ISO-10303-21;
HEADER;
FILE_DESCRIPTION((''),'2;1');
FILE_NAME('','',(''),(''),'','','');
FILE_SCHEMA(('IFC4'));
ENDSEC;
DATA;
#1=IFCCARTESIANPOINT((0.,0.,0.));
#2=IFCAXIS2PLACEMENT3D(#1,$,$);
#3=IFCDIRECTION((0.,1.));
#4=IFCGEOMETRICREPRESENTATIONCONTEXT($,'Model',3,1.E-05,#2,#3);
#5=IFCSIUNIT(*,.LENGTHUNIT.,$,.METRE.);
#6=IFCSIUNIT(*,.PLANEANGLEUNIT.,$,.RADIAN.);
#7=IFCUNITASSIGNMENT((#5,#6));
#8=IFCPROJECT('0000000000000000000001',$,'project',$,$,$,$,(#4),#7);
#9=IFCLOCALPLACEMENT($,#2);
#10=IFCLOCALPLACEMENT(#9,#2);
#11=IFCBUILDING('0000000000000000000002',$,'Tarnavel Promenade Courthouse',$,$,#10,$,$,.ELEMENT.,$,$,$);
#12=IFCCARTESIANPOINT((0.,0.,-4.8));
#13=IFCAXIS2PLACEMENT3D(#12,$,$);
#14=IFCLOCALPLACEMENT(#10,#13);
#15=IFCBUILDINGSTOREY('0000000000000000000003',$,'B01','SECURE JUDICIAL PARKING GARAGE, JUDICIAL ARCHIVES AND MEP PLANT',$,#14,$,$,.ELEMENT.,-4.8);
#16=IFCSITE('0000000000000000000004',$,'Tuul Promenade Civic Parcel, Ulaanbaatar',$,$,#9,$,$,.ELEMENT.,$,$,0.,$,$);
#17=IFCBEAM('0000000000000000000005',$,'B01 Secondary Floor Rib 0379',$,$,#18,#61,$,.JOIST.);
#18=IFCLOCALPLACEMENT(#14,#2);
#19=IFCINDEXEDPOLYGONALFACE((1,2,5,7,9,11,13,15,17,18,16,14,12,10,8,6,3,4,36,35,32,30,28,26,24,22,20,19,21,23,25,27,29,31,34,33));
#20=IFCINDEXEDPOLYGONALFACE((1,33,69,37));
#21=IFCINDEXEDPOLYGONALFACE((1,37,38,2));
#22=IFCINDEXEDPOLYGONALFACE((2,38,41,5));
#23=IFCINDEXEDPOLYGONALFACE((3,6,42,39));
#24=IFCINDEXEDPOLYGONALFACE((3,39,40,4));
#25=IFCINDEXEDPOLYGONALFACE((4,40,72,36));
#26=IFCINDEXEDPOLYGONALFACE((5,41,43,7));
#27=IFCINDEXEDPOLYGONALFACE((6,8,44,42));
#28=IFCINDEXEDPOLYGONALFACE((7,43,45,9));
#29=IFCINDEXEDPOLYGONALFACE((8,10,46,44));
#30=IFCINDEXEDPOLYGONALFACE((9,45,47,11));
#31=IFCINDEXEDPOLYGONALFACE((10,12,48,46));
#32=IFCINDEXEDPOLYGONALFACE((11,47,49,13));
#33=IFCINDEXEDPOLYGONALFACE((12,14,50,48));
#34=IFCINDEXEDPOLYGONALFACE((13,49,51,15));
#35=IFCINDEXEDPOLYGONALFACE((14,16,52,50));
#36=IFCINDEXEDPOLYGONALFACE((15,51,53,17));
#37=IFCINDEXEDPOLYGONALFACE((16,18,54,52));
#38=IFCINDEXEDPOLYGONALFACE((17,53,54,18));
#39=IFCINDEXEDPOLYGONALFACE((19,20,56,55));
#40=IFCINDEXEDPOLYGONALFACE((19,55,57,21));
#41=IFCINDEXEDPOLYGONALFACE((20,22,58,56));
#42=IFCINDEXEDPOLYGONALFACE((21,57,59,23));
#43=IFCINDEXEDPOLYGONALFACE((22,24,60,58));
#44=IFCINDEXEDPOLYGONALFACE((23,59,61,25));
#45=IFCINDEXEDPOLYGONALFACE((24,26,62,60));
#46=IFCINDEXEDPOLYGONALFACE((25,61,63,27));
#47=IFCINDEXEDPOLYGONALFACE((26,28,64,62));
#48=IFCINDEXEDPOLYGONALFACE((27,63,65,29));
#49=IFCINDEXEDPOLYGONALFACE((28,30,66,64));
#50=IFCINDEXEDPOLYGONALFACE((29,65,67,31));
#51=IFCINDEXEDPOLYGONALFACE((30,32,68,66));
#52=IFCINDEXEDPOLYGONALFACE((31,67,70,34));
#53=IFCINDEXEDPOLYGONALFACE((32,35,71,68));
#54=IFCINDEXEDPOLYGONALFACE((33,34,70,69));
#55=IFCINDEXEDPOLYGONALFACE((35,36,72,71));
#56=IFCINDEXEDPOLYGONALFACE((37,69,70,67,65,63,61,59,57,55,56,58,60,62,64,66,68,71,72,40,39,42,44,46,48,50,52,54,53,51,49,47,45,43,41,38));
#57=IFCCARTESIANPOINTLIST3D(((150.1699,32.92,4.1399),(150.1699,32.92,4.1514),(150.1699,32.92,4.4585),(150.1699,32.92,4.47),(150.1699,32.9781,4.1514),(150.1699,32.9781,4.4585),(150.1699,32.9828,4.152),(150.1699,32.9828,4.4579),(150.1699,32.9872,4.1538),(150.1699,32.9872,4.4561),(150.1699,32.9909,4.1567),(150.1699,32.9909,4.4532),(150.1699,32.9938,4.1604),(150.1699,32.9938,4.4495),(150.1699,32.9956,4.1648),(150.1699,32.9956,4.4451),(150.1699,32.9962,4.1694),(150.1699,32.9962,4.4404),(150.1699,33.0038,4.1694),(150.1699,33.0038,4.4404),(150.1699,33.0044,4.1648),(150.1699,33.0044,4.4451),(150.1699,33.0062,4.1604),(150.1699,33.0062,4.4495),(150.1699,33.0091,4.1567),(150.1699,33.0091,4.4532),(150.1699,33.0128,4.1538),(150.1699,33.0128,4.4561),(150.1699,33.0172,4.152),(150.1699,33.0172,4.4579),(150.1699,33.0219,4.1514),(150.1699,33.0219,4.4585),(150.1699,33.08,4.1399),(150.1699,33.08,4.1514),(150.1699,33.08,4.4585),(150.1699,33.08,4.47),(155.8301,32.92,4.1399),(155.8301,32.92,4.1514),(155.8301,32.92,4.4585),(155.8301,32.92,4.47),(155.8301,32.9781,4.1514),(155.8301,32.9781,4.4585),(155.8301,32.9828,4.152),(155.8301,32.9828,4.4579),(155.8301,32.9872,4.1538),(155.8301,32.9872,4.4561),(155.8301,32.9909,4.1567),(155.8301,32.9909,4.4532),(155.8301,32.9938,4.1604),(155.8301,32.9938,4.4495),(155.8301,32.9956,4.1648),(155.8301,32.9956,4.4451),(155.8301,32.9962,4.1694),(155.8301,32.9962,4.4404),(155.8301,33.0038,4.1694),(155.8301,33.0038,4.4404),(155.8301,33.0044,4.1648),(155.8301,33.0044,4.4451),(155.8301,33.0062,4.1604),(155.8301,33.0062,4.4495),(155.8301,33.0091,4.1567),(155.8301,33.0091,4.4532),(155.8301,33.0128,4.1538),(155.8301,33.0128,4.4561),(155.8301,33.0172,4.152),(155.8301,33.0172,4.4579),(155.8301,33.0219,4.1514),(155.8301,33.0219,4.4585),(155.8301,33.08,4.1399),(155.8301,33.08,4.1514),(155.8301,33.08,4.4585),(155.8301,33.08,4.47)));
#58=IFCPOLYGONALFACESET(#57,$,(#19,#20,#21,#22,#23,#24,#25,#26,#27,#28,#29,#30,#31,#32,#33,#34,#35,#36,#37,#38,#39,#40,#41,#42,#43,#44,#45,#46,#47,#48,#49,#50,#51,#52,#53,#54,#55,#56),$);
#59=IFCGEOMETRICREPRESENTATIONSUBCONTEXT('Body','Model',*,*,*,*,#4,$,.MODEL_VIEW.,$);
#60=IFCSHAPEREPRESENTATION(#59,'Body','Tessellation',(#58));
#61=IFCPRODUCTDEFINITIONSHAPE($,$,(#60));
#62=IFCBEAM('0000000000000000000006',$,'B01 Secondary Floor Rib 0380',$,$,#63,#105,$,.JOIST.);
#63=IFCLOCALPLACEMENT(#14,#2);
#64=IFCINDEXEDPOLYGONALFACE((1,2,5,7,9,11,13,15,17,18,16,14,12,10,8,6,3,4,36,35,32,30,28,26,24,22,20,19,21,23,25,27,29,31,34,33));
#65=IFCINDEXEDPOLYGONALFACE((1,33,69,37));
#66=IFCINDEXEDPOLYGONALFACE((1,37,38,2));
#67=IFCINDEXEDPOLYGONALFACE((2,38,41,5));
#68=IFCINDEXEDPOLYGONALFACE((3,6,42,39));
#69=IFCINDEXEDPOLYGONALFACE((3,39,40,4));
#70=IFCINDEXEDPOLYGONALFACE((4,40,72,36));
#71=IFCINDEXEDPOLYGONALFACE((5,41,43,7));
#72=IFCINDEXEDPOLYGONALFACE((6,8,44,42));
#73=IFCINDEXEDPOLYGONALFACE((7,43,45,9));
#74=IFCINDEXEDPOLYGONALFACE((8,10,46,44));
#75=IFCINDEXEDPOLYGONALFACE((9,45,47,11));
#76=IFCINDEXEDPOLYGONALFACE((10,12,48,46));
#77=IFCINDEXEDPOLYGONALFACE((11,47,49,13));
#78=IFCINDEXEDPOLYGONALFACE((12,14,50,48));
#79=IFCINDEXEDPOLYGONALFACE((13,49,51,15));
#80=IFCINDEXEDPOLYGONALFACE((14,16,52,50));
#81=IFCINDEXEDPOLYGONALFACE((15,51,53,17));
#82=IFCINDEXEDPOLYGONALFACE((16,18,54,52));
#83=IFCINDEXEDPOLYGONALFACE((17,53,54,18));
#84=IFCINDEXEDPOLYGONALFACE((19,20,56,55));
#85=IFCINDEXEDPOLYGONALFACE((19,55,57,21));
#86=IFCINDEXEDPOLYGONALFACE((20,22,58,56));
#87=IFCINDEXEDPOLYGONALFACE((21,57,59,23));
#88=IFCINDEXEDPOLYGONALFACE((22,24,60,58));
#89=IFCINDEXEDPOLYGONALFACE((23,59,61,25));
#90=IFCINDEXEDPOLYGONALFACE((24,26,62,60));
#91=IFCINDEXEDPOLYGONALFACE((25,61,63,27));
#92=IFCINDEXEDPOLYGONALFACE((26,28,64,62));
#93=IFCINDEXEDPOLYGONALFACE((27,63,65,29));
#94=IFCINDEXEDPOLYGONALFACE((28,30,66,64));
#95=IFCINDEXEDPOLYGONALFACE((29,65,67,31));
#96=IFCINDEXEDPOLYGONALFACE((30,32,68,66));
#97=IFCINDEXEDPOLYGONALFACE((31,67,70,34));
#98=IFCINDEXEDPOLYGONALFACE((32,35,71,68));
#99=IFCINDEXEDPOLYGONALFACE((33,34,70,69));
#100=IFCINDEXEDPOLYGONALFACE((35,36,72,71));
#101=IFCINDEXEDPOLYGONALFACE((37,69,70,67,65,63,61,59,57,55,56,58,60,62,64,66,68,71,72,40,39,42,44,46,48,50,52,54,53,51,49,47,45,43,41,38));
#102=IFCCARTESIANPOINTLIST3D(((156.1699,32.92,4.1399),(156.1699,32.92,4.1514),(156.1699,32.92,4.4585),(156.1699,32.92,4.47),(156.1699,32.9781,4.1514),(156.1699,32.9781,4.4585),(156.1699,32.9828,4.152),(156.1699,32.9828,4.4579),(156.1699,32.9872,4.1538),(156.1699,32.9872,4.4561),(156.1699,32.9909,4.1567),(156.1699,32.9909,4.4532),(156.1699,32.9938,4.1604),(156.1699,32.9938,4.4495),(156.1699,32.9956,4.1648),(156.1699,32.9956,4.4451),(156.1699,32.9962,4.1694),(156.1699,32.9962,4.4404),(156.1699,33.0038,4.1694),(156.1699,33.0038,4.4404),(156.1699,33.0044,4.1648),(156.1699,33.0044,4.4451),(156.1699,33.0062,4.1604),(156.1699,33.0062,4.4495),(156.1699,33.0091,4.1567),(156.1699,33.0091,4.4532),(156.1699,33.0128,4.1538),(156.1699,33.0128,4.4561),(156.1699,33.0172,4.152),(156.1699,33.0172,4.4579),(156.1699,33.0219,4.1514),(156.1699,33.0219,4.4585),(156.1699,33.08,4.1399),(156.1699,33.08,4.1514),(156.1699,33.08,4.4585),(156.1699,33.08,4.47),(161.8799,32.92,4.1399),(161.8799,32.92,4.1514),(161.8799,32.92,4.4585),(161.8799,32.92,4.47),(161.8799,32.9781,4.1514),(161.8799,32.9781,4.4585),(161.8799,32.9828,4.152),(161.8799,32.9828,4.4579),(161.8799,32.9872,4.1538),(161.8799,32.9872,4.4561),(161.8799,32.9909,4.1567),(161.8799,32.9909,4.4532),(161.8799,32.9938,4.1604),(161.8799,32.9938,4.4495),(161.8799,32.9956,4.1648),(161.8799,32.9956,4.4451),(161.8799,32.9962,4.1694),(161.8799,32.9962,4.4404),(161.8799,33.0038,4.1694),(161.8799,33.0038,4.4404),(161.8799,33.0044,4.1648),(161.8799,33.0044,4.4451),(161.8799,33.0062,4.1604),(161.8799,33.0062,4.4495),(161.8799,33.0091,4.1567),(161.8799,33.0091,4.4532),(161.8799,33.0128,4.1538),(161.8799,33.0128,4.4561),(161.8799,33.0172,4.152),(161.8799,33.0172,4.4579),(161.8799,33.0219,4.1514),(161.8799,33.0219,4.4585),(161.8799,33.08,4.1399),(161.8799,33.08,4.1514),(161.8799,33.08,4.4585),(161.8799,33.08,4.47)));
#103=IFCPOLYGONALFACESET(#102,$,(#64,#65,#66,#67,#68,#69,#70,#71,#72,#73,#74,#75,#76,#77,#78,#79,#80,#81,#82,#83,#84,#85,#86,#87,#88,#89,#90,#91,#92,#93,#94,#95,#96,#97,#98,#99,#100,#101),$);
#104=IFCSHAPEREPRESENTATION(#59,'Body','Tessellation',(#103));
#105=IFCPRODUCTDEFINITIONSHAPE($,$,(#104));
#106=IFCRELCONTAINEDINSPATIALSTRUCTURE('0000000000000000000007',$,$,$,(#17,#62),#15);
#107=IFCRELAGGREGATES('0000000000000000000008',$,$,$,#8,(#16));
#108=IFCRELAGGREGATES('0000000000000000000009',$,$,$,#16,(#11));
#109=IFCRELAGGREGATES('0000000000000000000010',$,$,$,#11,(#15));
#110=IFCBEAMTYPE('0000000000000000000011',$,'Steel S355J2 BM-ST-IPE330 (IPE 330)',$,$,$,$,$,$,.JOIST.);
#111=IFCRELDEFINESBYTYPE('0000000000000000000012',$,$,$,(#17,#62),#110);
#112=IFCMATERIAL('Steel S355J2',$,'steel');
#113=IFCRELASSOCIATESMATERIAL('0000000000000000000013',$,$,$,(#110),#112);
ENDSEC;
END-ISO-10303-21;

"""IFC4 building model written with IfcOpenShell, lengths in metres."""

from ifc_helpers import new_model, si_unit, direction, frame, origin, origin_2d, place, context, subcontext, project, spatial, i_section, extrude, material, material_profile, profile_set, type_object, element, save


model = new_model("IFC4")

# Units and contexts
model_context = context("Model", 3, precision=1e-05, world=origin(), true_north=direction((0.0, 1.0)))
body_context = subcontext(model_context, "Body", "Model", "MODEL_VIEW")
ifc_project = project(units=[si_unit("LENGTHUNIT", "METRE"), si_unit("PLANEANGLEUNIT", "RADIAN")], contexts=[model_context])

# Site, building, storey
site_placement = place(None, origin())
site = spatial("IfcSite", under=ifc_project, at=site_placement, Name="Tuul Promenade Civic Parcel, Ulaanbaatar", CompositionType="ELEMENT", RefElevation=0.0)
building_placement = place(site_placement, origin())
building = spatial("IfcBuilding", under=site, at=building_placement, Name="Tarnavel Promenade Courthouse", CompositionType="ELEMENT")
storey_placement = place(building_placement, frame((0.0, 0.0, -4.8)))
storey = spatial("IfcBuildingStorey", under=building, at=storey_placement, Name="B01", Description="SECURE JUDICIAL PARKING GARAGE, JUDICIAL ARCHIVES AND MEP PLANT", CompositionType="ELEMENT", Elevation=-4.8)

# Beams
ifc_material_1 = material(Name="Steel S355J2", Category="steel")
ifc_material_profile_1 = material_profile(ifc_material_1, i_section(OverallWidth=0.1599, OverallDepth=0.3301, WebThickness=0.0076, FlangeThickness=0.0115, FilletRadius=0.0181, at=origin_2d()), Name="IPE 330")
ifc_profile_set_1 = profile_set([ifc_material_profile_1], Name="Steel S355J2")
beam_type_1 = type_object("IfcBeamType", Name="Steel S355J2 BM-ST-IPE330 (IPE 330)", PredefinedType="JOIST", material=ifc_profile_set_1)
for number, where, z_axis, x_axis, name in (
    (1, (150.1699, 33.0, 4.3049), (1.0, 0.0, 0.0), (0.0, 1.0, 0.0), "B01 Secondary Floor Rib 0379"),
):
    element("IfcBeam", number, at=place(storey_placement, frame(where, z_axis=z_axis, x_axis=x_axis)), inside=storey, type_object=beam_type_1, Name=name, PredefinedType="JOIST", context=body_context, shape_type="SweptSolid", body=[
        extrude(i_section(OverallWidth=0.1599, OverallDepth=0.3301, WebThickness=0.0076, FlangeThickness=0.0115, FilletRadius=0.0181, at=origin_2d()), origin(), (0.0, 0.0, 1.0), 5.6602),
    ])
beam_1_placement = place(storey_placement, frame((156.1699, 33.0, 4.3049), z_axis=(1.0, 0.0, 0.0), x_axis=(0.0, 1.0, 0.0)))
element("IfcBeam", 2, at=beam_1_placement, inside=storey, type_object=beam_type_1, Name="B01 Secondary Floor Rib 0380", PredefinedType="JOIST", context=body_context, shape_type="SweptSolid", body=[
    extrude(i_section(OverallWidth=0.1599, OverallDepth=0.3301, WebThickness=0.0076, FlangeThickness=0.0115, FilletRadius=0.0181, at=origin_2d()), origin(), (0.0, 0.0, 1.0), 5.71),
])

save(model, "model.ifc")
